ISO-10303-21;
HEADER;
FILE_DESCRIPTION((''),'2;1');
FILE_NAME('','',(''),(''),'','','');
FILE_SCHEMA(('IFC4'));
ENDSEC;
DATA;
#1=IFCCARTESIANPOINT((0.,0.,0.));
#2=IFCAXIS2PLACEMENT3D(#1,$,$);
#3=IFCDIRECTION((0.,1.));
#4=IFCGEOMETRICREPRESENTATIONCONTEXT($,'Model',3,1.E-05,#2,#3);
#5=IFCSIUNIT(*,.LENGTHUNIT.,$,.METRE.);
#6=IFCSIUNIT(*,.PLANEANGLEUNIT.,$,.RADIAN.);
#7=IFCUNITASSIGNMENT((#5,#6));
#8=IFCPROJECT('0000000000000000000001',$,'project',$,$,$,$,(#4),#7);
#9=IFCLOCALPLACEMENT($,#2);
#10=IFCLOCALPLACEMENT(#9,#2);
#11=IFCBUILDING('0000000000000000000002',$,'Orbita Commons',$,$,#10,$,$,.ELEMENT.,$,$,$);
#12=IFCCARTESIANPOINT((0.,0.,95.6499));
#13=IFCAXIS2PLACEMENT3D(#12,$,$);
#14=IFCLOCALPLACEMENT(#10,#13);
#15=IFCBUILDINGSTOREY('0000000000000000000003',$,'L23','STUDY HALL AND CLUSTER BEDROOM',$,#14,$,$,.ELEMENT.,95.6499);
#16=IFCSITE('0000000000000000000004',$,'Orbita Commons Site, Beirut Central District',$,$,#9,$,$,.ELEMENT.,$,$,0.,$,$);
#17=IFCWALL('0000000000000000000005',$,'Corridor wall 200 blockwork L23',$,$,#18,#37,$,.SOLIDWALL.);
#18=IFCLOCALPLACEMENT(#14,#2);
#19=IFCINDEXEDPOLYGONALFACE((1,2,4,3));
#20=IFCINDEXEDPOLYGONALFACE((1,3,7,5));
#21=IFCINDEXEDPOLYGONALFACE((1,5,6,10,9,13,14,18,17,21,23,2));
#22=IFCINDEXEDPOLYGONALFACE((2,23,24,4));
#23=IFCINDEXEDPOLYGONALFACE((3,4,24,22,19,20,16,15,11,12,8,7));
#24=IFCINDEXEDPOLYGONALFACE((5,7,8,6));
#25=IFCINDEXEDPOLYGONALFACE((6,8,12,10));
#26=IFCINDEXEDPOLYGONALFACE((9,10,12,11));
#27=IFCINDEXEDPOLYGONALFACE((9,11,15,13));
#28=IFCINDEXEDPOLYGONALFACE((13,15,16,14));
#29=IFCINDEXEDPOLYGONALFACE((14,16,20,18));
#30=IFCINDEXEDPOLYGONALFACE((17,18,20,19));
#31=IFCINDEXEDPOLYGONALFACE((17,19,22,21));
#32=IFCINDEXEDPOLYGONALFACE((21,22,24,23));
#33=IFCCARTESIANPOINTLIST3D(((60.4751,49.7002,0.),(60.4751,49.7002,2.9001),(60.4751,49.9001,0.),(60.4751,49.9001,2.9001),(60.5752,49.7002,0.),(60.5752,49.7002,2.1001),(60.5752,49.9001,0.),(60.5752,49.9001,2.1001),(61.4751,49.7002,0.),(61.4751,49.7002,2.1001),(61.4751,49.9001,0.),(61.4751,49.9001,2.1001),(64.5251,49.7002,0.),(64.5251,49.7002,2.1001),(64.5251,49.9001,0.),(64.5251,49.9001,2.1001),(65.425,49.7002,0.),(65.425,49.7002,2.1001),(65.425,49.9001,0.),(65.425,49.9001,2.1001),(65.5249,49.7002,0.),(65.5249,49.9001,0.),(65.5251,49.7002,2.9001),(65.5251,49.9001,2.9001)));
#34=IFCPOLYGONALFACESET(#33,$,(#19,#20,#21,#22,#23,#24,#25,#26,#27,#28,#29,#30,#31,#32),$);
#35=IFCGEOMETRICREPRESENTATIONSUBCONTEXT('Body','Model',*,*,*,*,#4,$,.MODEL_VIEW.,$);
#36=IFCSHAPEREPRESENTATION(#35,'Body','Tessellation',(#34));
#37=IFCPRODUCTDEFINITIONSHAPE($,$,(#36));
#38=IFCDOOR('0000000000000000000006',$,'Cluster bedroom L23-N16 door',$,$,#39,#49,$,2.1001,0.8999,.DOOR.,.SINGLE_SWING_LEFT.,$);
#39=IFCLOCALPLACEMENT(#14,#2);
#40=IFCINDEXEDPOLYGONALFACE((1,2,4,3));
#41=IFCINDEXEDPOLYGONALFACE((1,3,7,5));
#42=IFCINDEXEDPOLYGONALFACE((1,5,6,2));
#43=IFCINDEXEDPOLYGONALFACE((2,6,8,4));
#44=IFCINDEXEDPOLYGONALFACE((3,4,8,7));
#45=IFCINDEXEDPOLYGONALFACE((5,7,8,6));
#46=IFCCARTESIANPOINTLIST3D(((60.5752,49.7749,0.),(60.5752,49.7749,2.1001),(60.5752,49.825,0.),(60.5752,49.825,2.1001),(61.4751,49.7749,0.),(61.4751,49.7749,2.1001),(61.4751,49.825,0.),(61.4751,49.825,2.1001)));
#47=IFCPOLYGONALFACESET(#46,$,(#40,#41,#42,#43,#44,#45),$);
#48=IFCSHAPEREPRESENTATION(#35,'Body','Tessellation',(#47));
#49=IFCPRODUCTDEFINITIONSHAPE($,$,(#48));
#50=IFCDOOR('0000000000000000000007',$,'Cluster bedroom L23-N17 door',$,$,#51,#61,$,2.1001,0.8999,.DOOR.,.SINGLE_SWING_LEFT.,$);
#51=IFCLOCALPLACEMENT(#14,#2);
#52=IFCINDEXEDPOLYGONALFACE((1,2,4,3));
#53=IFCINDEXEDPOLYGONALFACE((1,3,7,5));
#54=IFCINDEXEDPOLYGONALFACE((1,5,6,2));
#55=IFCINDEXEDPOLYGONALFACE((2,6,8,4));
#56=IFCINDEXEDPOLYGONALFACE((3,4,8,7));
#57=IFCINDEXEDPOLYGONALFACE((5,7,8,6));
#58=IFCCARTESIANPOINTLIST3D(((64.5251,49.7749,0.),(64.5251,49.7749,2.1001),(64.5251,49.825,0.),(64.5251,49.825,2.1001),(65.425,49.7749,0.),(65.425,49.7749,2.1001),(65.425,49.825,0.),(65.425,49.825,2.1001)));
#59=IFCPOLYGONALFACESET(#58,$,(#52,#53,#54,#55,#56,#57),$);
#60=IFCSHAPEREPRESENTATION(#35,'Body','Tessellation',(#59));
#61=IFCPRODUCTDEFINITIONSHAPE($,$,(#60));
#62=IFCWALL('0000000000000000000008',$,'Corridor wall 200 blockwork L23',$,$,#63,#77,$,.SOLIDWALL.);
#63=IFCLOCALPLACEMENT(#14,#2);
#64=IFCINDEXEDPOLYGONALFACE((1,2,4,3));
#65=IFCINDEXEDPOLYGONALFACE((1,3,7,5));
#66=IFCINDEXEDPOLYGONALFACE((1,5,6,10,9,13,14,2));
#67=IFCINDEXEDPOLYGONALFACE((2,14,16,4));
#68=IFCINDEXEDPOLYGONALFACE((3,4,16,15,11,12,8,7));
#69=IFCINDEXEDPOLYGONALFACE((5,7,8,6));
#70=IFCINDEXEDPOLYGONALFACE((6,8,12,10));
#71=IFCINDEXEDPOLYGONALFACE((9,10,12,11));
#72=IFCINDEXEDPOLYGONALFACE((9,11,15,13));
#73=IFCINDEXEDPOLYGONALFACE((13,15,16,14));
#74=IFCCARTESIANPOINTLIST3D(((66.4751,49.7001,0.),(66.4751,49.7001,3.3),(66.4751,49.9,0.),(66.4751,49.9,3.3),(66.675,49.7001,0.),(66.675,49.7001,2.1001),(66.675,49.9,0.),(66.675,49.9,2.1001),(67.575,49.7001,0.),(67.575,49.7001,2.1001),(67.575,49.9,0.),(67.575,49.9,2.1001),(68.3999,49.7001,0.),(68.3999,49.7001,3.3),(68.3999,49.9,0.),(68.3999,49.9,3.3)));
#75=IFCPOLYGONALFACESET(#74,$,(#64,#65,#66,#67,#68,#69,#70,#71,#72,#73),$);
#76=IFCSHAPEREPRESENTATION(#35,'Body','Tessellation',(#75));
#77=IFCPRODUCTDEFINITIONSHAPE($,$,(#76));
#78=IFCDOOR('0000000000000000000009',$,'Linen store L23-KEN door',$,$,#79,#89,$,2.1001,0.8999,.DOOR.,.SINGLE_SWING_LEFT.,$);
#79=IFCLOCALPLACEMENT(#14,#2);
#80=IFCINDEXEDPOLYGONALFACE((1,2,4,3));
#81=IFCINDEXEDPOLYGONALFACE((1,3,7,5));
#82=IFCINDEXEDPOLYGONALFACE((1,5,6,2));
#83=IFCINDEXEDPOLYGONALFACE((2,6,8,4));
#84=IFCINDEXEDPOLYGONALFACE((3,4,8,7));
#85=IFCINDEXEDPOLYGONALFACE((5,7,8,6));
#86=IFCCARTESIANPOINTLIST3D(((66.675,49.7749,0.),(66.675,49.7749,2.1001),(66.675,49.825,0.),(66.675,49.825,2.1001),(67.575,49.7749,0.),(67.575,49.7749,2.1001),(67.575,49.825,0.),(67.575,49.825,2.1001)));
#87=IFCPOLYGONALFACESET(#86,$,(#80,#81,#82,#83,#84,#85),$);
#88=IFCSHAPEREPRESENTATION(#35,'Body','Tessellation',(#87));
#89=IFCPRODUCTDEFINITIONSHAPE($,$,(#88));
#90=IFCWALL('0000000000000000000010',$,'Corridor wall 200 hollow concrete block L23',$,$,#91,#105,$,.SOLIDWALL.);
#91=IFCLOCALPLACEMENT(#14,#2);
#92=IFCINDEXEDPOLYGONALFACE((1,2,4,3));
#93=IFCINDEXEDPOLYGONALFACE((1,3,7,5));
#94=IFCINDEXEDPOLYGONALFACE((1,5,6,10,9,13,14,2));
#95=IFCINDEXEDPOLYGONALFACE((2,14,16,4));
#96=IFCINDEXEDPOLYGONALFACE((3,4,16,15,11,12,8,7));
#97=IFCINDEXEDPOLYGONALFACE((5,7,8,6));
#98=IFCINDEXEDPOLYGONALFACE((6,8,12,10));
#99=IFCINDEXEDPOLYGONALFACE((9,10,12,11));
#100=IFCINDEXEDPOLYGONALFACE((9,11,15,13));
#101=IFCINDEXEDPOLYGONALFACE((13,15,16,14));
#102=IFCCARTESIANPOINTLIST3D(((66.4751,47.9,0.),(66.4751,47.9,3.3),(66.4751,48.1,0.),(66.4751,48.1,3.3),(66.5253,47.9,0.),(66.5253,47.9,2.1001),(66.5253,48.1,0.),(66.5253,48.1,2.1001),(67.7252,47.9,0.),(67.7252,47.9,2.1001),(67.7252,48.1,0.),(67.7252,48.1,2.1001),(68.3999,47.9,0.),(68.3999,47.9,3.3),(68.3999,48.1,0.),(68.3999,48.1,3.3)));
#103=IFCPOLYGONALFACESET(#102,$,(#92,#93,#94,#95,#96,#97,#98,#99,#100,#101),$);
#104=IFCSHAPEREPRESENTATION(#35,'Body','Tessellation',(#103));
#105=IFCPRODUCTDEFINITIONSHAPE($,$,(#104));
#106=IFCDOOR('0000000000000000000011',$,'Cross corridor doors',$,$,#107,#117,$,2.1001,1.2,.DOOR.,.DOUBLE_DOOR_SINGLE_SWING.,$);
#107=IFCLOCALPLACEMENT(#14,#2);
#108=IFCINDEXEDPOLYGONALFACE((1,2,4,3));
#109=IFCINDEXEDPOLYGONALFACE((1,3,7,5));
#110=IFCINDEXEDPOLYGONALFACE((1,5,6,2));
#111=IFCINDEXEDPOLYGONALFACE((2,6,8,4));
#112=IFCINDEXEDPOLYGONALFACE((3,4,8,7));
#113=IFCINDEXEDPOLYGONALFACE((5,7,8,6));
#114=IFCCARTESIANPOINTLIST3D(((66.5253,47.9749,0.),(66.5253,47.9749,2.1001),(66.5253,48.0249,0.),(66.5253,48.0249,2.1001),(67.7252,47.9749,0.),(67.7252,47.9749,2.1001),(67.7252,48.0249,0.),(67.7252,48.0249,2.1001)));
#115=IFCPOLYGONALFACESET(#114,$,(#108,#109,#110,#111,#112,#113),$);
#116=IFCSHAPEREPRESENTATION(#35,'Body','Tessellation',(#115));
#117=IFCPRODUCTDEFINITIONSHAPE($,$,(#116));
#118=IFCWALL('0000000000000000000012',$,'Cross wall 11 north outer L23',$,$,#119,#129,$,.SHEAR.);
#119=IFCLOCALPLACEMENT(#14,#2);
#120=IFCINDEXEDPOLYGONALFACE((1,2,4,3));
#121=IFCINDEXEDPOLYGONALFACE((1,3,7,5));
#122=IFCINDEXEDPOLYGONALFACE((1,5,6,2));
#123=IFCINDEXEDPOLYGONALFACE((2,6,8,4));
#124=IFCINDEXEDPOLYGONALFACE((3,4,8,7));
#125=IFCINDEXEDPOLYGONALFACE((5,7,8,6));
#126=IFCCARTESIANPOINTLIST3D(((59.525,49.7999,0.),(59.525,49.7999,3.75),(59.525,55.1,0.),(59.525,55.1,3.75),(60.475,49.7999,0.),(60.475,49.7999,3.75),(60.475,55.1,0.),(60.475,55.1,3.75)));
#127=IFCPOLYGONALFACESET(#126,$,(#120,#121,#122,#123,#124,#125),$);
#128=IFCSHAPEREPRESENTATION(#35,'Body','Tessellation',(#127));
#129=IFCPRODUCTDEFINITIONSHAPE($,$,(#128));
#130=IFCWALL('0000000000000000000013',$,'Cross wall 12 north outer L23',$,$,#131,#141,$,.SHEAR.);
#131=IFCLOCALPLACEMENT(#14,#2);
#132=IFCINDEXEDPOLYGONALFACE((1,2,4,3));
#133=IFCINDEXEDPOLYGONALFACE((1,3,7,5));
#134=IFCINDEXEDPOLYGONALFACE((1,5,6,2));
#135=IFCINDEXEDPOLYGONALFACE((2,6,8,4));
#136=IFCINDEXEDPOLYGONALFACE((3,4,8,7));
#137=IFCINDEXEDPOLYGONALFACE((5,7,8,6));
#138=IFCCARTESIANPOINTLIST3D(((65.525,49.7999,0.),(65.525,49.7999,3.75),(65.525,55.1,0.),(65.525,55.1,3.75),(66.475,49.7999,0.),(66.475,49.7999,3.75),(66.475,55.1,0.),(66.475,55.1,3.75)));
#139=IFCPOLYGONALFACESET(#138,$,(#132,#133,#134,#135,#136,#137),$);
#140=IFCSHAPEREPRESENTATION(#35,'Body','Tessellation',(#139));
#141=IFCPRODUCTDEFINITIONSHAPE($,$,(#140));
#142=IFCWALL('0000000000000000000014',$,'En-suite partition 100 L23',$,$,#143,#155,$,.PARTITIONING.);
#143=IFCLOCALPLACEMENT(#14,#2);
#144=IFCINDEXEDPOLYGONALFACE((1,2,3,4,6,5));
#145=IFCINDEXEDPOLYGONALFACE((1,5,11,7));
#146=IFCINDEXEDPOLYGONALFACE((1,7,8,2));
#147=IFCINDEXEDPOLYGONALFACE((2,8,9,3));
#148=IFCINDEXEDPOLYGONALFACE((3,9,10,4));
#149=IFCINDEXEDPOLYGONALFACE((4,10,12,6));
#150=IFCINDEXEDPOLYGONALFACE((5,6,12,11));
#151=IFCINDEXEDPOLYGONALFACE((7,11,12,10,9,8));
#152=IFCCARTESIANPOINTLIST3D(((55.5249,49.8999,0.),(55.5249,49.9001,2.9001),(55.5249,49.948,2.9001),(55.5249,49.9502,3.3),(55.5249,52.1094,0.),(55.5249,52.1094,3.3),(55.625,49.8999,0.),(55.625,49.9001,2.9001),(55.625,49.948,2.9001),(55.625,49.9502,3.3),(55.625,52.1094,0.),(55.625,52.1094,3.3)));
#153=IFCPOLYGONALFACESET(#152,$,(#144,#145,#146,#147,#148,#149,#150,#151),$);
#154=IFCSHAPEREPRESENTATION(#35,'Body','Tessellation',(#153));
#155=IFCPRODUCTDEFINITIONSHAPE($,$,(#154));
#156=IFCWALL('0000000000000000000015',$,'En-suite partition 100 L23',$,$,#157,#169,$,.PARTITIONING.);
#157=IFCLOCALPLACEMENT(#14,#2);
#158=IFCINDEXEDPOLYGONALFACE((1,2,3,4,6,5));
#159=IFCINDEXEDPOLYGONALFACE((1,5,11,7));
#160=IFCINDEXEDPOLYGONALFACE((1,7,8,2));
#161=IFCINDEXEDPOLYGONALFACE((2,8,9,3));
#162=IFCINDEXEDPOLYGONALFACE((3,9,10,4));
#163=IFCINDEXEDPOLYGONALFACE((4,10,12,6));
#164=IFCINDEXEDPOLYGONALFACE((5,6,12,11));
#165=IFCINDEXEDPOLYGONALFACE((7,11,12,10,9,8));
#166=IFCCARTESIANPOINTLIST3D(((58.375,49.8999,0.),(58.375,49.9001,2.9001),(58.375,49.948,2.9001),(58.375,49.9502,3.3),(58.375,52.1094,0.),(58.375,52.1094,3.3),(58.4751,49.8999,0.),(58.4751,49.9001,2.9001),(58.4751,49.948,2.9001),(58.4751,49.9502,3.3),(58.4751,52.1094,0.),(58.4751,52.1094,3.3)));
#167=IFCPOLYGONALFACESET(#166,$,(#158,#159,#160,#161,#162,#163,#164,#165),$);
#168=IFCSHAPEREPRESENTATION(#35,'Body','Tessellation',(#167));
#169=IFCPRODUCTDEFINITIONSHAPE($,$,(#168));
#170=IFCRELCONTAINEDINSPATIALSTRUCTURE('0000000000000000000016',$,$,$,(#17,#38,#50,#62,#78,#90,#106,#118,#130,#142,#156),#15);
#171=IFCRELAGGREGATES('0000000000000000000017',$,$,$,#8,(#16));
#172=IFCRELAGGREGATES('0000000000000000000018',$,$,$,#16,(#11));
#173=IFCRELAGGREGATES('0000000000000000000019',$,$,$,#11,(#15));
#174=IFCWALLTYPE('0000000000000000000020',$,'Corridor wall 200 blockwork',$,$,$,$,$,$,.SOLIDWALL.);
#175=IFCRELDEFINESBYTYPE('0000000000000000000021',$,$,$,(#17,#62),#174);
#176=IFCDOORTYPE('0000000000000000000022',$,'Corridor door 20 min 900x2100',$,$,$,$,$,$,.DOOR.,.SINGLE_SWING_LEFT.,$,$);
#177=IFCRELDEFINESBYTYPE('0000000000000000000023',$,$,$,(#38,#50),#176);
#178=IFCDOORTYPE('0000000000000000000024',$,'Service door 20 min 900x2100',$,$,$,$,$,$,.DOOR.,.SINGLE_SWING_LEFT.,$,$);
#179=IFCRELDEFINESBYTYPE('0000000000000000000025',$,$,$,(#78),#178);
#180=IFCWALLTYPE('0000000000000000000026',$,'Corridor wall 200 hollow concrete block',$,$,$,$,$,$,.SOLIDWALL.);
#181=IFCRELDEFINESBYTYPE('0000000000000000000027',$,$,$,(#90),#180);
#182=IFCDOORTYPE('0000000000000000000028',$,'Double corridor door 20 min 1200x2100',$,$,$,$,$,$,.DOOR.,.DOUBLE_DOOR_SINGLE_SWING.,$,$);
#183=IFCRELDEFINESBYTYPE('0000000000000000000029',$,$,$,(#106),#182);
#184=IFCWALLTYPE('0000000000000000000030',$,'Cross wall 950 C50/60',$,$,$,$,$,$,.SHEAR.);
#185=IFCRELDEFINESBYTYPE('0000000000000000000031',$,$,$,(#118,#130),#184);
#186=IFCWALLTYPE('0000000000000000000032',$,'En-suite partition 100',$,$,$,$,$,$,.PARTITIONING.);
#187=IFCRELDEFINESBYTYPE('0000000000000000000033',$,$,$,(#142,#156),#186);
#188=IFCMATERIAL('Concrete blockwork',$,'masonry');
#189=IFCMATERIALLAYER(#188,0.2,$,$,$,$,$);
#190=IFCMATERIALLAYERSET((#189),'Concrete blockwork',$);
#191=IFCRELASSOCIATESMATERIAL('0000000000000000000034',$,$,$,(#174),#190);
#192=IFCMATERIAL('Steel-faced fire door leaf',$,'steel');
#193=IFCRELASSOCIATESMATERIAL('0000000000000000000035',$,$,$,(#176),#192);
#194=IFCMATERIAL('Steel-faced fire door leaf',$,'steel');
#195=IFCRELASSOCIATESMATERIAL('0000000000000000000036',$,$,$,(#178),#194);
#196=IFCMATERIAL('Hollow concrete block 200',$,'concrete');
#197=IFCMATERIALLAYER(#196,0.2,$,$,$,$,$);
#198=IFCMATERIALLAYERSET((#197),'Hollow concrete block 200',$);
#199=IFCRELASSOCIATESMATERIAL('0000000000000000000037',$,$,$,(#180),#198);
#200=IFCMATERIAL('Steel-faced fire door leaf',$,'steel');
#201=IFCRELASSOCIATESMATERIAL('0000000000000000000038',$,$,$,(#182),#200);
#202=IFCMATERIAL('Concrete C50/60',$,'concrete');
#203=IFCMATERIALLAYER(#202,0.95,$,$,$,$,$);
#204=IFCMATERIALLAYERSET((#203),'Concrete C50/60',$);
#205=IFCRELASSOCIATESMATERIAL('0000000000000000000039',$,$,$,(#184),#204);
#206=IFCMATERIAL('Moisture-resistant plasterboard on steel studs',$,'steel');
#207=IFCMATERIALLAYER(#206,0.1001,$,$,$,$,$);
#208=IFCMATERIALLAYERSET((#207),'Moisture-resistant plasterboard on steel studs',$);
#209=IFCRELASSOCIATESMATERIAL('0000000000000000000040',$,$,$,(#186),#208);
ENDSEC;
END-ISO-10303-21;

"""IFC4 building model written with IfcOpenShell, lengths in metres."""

from ifc_helpers import new_model, si_unit, direction, frame, frame_2d, origin, place, context, subcontext, project, spatial, polyline, rectangle, outline, extrude, material, layer, layer_set, type_object, element, fill, save


model = new_model("IFC4")

# Units and contexts
model_context = context("Model", 3, precision=1e-05, world=origin(), true_north=direction((0.0, 1.0)))
body_context = subcontext(model_context, "Body", "Model", "MODEL_VIEW")
ifc_project = project(units=[si_unit("LENGTHUNIT", "METRE"), si_unit("PLANEANGLEUNIT", "RADIAN")], contexts=[model_context])

# Site, building, storey
site_placement = place(None, origin())
site = spatial("IfcSite", under=ifc_project, at=site_placement, Name="Orbita Commons Site, Beirut Central District", CompositionType="ELEMENT", RefElevation=0.0)
building_placement = place(site_placement, origin())
building = spatial("IfcBuilding", under=site, at=building_placement, Name="Orbita Commons", CompositionType="ELEMENT")
storey_placement = place(building_placement, frame((0.0, 0.0, 95.6499)))
storey = spatial("IfcBuildingStorey", under=building, at=storey_placement, Name="L23", Description="STUDY HALL AND CLUSTER BEDROOM", CompositionType="ELEMENT", Elevation=95.6499)

# Wall, openings, doors
ifc_material_1 = material(Name="Concrete blockwork", Category="masonry")
ifc_layer_1 = layer(ifc_material_1, 0.2)
ifc_layer_set_1 = layer_set([ifc_layer_1], Name="Concrete blockwork")
wall_type_1 = type_object("IfcWallType", Name="Corridor wall 200 blockwork", PredefinedType="SOLIDWALL", material=ifc_layer_set_1)
ifc_material_2 = material(Name="Steel-faced fire door leaf", Category="steel")
door_type_1 = type_object("IfcDoorType", Name="Corridor door 20 min 900x2100", OperationType="SINGLE_SWING_LEFT", PredefinedType="DOOR", material=ifc_material_2)
wall_1_placement = place(storey_placement, frame((60.4751, 49.8, 0.0), z_axis=(0.0, 0.0, 1.0), x_axis=(1.0, 0.0, 0.0)))
wall_1 = element("IfcWall", 1, at=wall_1_placement, inside=storey, type_object=wall_type_1, Name="Corridor wall 200 blockwork L23", PredefinedType="SOLIDWALL", context=body_context, shape_type="SweptSolid", body=[
    extrude(outline(polyline([(0.0, 0.0), (5.0498, 0.0), (5.05, 2.9001), (0.0, 2.9001), (0.0, 0.0)])), frame((0.0, 0.1001, 0.0), z_axis=(0.0, -1.0, 0.0), x_axis=(1.0, 0.0, 0.0)), (0.0, 0.0, 1.0), 0.2),
])
opening_1_placement = place(wall_1_placement, frame((0.1001, 0.0, 0.0)))
opening_1 = element("IfcOpeningElement", 2, at=opening_1_placement, cuts=wall_1, PredefinedType="OPENING", context=body_context, shape_type="SweptSolid", body=[
    extrude(rectangle(XDim=0.8999, YDim=2.1001, at=frame_2d((0.45, 1.05))), frame((0.0, 0.1099, 0.0), z_axis=(0.0, -1.0, 0.0), x_axis=(1.0, 0.0, 0.0)), (0.0, 0.0, 1.0), 0.22),
])
opening_2_placement = place(wall_1_placement, frame((4.05, 0.0, 0.0)))
opening_2 = element("IfcOpeningElement", 3, at=opening_2_placement, cuts=wall_1, PredefinedType="OPENING", context=body_context, shape_type="SweptSolid", body=[
    extrude(rectangle(XDim=0.8999, YDim=2.1001, at=frame_2d((0.45, 1.05))), frame((0.0, 0.1099, 0.0), z_axis=(0.0, -1.0, 0.0), x_axis=(1.0, 0.0, 0.0)), (0.0, 0.0, 1.0), 0.22),
])
door_1_placement = place(opening_1_placement, origin())
door_1 = element("IfcDoor", 4, at=door_1_placement, inside=storey, type_object=door_type_1, Name="Cluster bedroom L23-N16 door", OperationType="SINGLE_SWING_LEFT", OverallHeight=2.1001, OverallWidth=0.8999, PredefinedType="DOOR", context=body_context, shape_type="SweptSolid", body=[
    extrude(rectangle(XDim=0.8999, YDim=2.1001, at=frame_2d((0.45, 1.05))), frame((0.0, 0.0249, 0.0), z_axis=(0.0, -1.0, 0.0), x_axis=(1.0, 0.0, 0.0)), (0.0, 0.0, 1.0), 0.05),
])
fill(opening_1, door_1)
door_2_placement = place(opening_2_placement, origin())
door_2 = element("IfcDoor", 5, at=door_2_placement, inside=storey, type_object=door_type_1, Name="Cluster bedroom L23-N17 door", OperationType="SINGLE_SWING_LEFT", OverallHeight=2.1001, OverallWidth=0.8999, PredefinedType="DOOR", context=body_context, shape_type="SweptSolid", body=[
    extrude(rectangle(XDim=0.8999, YDim=2.1001, at=frame_2d((0.45, 1.05))), frame((0.0, 0.0249, 0.0), z_axis=(0.0, -1.0, 0.0), x_axis=(1.0, 0.0, 0.0)), (0.0, 0.0, 1.0), 0.05),
])
fill(opening_2, door_2)

# Walls, openings, doors
wall_2_placement = place(storey_placement, frame((66.4751, 49.8, 0.0), z_axis=(0.0, 0.0, 1.0), x_axis=(1.0, 0.0, 0.0)))
wall_2 = element("IfcWall", 6, at=wall_2_placement, inside=storey, type_object=wall_type_1, Name="Corridor wall 200 blockwork L23", PredefinedType="SOLIDWALL", context=body_context, shape_type="SweptSolid", body=[
    extrude(rectangle(XDim=1.9248, YDim=0.2, at=frame_2d((0.9624, 0.0))), origin(), (0.0, 0.0, 1.0), 3.3),
])
opening_3_placement = place(wall_2_placement, frame((0.2, 0.0, 0.0)))
opening_3 = element("IfcOpeningElement", 7, at=opening_3_placement, cuts=wall_2, PredefinedType="OPENING", context=body_context, shape_type="SweptSolid", body=[
    extrude(rectangle(XDim=0.8999, YDim=2.1001, at=frame_2d((0.45, 1.05))), frame((0.0, 0.1099, 0.0), z_axis=(0.0, -1.0, 0.0), x_axis=(1.0, 0.0, 0.0)), (0.0, 0.0, 1.0), 0.22),
])
ifc_material_3 = material(Name="Steel-faced fire door leaf", Category="steel")
door_type_2 = type_object("IfcDoorType", Name="Service door 20 min 900x2100", OperationType="SINGLE_SWING_LEFT", PredefinedType="DOOR", material=ifc_material_3)
door_3_placement = place(opening_3_placement, origin())
door_3 = element("IfcDoor", 8, at=door_3_placement, inside=storey, type_object=door_type_2, Name="Linen store L23-KEN door", OperationType="SINGLE_SWING_LEFT", OverallHeight=2.1001, OverallWidth=0.8999, PredefinedType="DOOR", context=body_context, shape_type="SweptSolid", body=[
    extrude(rectangle(XDim=0.8999, YDim=2.1001, at=frame_2d((0.45, 1.05))), frame((0.0, 0.0249, 0.0), z_axis=(0.0, -1.0, 0.0), x_axis=(1.0, 0.0, 0.0)), (0.0, 0.0, 1.0), 0.05),
])
fill(opening_3, door_3)
ifc_material_4 = material(Name="Hollow concrete block 200", Category="concrete")
ifc_layer_2 = layer(ifc_material_4, 0.2)
ifc_layer_set_2 = layer_set([ifc_layer_2], Name="Hollow concrete block 200")
wall_type_2 = type_object("IfcWallType", Name="Corridor wall 200 hollow concrete block", PredefinedType="SOLIDWALL", material=ifc_layer_set_2)
wall_3_placement = place(storey_placement, frame((66.4751, 48.0, 0.0), z_axis=(0.0, 0.0, 1.0), x_axis=(1.0, 0.0, 0.0)))
wall_3 = element("IfcWall", 9, at=wall_3_placement, inside=storey, type_object=wall_type_2, Name="Corridor wall 200 hollow concrete block L23", PredefinedType="SOLIDWALL", context=body_context, shape_type="SweptSolid", body=[
    extrude(rectangle(XDim=1.9248, YDim=0.2, at=frame_2d((0.9624, 0.0))), origin(), (0.0, 0.0, 1.0), 3.3),
])
opening_4_placement = place(wall_3_placement, frame((0.05, 0.0, 0.0)))
opening_4 = element("IfcOpeningElement", 10, at=opening_4_placement, cuts=wall_3, PredefinedType="OPENING", context=body_context, shape_type="SweptSolid", body=[
    extrude(rectangle(XDim=1.2, YDim=2.1001, at=frame_2d((0.6001, 1.05))), frame((0.0, 0.1099, 0.0), z_axis=(0.0, -1.0, 0.0), x_axis=(1.0, 0.0, 0.0)), (0.0, 0.0, 1.0), 0.22),
])
ifc_material_5 = material(Name="Steel-faced fire door leaf", Category="steel")
door_type_3 = type_object("IfcDoorType", Name="Double corridor door 20 min 1200x2100", OperationType="DOUBLE_DOOR_SINGLE_SWING", PredefinedType="DOOR", material=ifc_material_5)
door_4_placement = place(opening_4_placement, origin())
door_4 = element("IfcDoor", 11, at=door_4_placement, inside=storey, type_object=door_type_3, Name="Cross corridor doors", OperationType="DOUBLE_DOOR_SINGLE_SWING", OverallHeight=2.1001, OverallWidth=1.2, PredefinedType="DOOR", context=body_context, shape_type="SweptSolid", body=[
    extrude(rectangle(XDim=1.2, YDim=2.1001, at=frame_2d((0.6001, 1.05))), frame((0.0, 0.0249, 0.0), z_axis=(0.0, -1.0, 0.0), x_axis=(1.0, 0.0, 0.0)), (0.0, 0.0, 1.0), 0.05),
])
fill(opening_4, door_4)

# Walls
ifc_material_6 = material(Name="Concrete C50/60", Category="concrete")
ifc_layer_3 = layer(ifc_material_6, 0.95)
ifc_layer_set_3 = layer_set([ifc_layer_3], Name="Concrete C50/60")
wall_type_3 = type_object("IfcWallType", Name="Cross wall 950 C50/60", PredefinedType="SHEAR", material=ifc_layer_set_3)
for number, where, z_axis, x_axis, name in (
    (12, (60.0, 49.8, 0.0), (0.0, 0.0, 1.0), (0.0, 1.0, 0.0), "Cross wall 11 north outer L23"),
    (13, (66.0, 49.8, 0.0), (0.0, 0.0, 1.0), (0.0, 1.0, 0.0), "Cross wall 12 north outer L23"),
):
    element("IfcWall", number, at=place(storey_placement, frame(where, z_axis=z_axis, x_axis=x_axis)), inside=storey, type_object=wall_type_3, Name=name, PredefinedType="SHEAR", context=body_context, shape_type="SweptSolid", body=[
        extrude(rectangle(XDim=5.3, YDim=0.95, at=frame_2d((2.6499, 0.0))), origin(), (0.0, 0.0, 1.0), 3.75),
    ])
ifc_material_7 = material(Name="Moisture-resistant plasterboard on steel studs", Category="steel")
ifc_layer_4 = layer(ifc_material_7, 0.1001)
ifc_layer_set_4 = layer_set([ifc_layer_4], Name="Moisture-resistant plasterboard on steel studs")
wall_type_4 = type_object("IfcWallType", Name="En-suite partition 100", PredefinedType="PARTITIONING", material=ifc_layer_set_4)
for number, where, z_axis, x_axis, name in (
    (14, (55.575, 52.1094, 0.0), (0.0, 0.0, 1.0), (0.0, -1.0, 0.0), "En-suite partition 100 L23"),
    (15, (58.425, 52.1094, 0.0), (0.0, 0.0, 1.0), (0.0, -1.0, 0.0), "En-suite partition 100 L23"),
):
    element("IfcWall", number, at=place(storey_placement, frame(where, z_axis=z_axis, x_axis=x_axis)), inside=storey, type_object=wall_type_4, Name=name, PredefinedType="PARTITIONING", context=body_context, shape_type="SweptSolid", body=[
        extrude(outline(polyline([(0.0, 0.0), (2.2095, 0.0), (2.2092, 2.9001), (2.1614, 2.9001), (2.1592, 3.3), (0.0, 3.3), (0.0, 0.0)])), frame((0.0, 0.05, 0.0), z_axis=(0.0, -1.0, 0.0), x_axis=(1.0, 0.0, 0.0)), (0.0, 0.0, 1.0), 0.1001),
    ])

save(model, "model.ifc")
